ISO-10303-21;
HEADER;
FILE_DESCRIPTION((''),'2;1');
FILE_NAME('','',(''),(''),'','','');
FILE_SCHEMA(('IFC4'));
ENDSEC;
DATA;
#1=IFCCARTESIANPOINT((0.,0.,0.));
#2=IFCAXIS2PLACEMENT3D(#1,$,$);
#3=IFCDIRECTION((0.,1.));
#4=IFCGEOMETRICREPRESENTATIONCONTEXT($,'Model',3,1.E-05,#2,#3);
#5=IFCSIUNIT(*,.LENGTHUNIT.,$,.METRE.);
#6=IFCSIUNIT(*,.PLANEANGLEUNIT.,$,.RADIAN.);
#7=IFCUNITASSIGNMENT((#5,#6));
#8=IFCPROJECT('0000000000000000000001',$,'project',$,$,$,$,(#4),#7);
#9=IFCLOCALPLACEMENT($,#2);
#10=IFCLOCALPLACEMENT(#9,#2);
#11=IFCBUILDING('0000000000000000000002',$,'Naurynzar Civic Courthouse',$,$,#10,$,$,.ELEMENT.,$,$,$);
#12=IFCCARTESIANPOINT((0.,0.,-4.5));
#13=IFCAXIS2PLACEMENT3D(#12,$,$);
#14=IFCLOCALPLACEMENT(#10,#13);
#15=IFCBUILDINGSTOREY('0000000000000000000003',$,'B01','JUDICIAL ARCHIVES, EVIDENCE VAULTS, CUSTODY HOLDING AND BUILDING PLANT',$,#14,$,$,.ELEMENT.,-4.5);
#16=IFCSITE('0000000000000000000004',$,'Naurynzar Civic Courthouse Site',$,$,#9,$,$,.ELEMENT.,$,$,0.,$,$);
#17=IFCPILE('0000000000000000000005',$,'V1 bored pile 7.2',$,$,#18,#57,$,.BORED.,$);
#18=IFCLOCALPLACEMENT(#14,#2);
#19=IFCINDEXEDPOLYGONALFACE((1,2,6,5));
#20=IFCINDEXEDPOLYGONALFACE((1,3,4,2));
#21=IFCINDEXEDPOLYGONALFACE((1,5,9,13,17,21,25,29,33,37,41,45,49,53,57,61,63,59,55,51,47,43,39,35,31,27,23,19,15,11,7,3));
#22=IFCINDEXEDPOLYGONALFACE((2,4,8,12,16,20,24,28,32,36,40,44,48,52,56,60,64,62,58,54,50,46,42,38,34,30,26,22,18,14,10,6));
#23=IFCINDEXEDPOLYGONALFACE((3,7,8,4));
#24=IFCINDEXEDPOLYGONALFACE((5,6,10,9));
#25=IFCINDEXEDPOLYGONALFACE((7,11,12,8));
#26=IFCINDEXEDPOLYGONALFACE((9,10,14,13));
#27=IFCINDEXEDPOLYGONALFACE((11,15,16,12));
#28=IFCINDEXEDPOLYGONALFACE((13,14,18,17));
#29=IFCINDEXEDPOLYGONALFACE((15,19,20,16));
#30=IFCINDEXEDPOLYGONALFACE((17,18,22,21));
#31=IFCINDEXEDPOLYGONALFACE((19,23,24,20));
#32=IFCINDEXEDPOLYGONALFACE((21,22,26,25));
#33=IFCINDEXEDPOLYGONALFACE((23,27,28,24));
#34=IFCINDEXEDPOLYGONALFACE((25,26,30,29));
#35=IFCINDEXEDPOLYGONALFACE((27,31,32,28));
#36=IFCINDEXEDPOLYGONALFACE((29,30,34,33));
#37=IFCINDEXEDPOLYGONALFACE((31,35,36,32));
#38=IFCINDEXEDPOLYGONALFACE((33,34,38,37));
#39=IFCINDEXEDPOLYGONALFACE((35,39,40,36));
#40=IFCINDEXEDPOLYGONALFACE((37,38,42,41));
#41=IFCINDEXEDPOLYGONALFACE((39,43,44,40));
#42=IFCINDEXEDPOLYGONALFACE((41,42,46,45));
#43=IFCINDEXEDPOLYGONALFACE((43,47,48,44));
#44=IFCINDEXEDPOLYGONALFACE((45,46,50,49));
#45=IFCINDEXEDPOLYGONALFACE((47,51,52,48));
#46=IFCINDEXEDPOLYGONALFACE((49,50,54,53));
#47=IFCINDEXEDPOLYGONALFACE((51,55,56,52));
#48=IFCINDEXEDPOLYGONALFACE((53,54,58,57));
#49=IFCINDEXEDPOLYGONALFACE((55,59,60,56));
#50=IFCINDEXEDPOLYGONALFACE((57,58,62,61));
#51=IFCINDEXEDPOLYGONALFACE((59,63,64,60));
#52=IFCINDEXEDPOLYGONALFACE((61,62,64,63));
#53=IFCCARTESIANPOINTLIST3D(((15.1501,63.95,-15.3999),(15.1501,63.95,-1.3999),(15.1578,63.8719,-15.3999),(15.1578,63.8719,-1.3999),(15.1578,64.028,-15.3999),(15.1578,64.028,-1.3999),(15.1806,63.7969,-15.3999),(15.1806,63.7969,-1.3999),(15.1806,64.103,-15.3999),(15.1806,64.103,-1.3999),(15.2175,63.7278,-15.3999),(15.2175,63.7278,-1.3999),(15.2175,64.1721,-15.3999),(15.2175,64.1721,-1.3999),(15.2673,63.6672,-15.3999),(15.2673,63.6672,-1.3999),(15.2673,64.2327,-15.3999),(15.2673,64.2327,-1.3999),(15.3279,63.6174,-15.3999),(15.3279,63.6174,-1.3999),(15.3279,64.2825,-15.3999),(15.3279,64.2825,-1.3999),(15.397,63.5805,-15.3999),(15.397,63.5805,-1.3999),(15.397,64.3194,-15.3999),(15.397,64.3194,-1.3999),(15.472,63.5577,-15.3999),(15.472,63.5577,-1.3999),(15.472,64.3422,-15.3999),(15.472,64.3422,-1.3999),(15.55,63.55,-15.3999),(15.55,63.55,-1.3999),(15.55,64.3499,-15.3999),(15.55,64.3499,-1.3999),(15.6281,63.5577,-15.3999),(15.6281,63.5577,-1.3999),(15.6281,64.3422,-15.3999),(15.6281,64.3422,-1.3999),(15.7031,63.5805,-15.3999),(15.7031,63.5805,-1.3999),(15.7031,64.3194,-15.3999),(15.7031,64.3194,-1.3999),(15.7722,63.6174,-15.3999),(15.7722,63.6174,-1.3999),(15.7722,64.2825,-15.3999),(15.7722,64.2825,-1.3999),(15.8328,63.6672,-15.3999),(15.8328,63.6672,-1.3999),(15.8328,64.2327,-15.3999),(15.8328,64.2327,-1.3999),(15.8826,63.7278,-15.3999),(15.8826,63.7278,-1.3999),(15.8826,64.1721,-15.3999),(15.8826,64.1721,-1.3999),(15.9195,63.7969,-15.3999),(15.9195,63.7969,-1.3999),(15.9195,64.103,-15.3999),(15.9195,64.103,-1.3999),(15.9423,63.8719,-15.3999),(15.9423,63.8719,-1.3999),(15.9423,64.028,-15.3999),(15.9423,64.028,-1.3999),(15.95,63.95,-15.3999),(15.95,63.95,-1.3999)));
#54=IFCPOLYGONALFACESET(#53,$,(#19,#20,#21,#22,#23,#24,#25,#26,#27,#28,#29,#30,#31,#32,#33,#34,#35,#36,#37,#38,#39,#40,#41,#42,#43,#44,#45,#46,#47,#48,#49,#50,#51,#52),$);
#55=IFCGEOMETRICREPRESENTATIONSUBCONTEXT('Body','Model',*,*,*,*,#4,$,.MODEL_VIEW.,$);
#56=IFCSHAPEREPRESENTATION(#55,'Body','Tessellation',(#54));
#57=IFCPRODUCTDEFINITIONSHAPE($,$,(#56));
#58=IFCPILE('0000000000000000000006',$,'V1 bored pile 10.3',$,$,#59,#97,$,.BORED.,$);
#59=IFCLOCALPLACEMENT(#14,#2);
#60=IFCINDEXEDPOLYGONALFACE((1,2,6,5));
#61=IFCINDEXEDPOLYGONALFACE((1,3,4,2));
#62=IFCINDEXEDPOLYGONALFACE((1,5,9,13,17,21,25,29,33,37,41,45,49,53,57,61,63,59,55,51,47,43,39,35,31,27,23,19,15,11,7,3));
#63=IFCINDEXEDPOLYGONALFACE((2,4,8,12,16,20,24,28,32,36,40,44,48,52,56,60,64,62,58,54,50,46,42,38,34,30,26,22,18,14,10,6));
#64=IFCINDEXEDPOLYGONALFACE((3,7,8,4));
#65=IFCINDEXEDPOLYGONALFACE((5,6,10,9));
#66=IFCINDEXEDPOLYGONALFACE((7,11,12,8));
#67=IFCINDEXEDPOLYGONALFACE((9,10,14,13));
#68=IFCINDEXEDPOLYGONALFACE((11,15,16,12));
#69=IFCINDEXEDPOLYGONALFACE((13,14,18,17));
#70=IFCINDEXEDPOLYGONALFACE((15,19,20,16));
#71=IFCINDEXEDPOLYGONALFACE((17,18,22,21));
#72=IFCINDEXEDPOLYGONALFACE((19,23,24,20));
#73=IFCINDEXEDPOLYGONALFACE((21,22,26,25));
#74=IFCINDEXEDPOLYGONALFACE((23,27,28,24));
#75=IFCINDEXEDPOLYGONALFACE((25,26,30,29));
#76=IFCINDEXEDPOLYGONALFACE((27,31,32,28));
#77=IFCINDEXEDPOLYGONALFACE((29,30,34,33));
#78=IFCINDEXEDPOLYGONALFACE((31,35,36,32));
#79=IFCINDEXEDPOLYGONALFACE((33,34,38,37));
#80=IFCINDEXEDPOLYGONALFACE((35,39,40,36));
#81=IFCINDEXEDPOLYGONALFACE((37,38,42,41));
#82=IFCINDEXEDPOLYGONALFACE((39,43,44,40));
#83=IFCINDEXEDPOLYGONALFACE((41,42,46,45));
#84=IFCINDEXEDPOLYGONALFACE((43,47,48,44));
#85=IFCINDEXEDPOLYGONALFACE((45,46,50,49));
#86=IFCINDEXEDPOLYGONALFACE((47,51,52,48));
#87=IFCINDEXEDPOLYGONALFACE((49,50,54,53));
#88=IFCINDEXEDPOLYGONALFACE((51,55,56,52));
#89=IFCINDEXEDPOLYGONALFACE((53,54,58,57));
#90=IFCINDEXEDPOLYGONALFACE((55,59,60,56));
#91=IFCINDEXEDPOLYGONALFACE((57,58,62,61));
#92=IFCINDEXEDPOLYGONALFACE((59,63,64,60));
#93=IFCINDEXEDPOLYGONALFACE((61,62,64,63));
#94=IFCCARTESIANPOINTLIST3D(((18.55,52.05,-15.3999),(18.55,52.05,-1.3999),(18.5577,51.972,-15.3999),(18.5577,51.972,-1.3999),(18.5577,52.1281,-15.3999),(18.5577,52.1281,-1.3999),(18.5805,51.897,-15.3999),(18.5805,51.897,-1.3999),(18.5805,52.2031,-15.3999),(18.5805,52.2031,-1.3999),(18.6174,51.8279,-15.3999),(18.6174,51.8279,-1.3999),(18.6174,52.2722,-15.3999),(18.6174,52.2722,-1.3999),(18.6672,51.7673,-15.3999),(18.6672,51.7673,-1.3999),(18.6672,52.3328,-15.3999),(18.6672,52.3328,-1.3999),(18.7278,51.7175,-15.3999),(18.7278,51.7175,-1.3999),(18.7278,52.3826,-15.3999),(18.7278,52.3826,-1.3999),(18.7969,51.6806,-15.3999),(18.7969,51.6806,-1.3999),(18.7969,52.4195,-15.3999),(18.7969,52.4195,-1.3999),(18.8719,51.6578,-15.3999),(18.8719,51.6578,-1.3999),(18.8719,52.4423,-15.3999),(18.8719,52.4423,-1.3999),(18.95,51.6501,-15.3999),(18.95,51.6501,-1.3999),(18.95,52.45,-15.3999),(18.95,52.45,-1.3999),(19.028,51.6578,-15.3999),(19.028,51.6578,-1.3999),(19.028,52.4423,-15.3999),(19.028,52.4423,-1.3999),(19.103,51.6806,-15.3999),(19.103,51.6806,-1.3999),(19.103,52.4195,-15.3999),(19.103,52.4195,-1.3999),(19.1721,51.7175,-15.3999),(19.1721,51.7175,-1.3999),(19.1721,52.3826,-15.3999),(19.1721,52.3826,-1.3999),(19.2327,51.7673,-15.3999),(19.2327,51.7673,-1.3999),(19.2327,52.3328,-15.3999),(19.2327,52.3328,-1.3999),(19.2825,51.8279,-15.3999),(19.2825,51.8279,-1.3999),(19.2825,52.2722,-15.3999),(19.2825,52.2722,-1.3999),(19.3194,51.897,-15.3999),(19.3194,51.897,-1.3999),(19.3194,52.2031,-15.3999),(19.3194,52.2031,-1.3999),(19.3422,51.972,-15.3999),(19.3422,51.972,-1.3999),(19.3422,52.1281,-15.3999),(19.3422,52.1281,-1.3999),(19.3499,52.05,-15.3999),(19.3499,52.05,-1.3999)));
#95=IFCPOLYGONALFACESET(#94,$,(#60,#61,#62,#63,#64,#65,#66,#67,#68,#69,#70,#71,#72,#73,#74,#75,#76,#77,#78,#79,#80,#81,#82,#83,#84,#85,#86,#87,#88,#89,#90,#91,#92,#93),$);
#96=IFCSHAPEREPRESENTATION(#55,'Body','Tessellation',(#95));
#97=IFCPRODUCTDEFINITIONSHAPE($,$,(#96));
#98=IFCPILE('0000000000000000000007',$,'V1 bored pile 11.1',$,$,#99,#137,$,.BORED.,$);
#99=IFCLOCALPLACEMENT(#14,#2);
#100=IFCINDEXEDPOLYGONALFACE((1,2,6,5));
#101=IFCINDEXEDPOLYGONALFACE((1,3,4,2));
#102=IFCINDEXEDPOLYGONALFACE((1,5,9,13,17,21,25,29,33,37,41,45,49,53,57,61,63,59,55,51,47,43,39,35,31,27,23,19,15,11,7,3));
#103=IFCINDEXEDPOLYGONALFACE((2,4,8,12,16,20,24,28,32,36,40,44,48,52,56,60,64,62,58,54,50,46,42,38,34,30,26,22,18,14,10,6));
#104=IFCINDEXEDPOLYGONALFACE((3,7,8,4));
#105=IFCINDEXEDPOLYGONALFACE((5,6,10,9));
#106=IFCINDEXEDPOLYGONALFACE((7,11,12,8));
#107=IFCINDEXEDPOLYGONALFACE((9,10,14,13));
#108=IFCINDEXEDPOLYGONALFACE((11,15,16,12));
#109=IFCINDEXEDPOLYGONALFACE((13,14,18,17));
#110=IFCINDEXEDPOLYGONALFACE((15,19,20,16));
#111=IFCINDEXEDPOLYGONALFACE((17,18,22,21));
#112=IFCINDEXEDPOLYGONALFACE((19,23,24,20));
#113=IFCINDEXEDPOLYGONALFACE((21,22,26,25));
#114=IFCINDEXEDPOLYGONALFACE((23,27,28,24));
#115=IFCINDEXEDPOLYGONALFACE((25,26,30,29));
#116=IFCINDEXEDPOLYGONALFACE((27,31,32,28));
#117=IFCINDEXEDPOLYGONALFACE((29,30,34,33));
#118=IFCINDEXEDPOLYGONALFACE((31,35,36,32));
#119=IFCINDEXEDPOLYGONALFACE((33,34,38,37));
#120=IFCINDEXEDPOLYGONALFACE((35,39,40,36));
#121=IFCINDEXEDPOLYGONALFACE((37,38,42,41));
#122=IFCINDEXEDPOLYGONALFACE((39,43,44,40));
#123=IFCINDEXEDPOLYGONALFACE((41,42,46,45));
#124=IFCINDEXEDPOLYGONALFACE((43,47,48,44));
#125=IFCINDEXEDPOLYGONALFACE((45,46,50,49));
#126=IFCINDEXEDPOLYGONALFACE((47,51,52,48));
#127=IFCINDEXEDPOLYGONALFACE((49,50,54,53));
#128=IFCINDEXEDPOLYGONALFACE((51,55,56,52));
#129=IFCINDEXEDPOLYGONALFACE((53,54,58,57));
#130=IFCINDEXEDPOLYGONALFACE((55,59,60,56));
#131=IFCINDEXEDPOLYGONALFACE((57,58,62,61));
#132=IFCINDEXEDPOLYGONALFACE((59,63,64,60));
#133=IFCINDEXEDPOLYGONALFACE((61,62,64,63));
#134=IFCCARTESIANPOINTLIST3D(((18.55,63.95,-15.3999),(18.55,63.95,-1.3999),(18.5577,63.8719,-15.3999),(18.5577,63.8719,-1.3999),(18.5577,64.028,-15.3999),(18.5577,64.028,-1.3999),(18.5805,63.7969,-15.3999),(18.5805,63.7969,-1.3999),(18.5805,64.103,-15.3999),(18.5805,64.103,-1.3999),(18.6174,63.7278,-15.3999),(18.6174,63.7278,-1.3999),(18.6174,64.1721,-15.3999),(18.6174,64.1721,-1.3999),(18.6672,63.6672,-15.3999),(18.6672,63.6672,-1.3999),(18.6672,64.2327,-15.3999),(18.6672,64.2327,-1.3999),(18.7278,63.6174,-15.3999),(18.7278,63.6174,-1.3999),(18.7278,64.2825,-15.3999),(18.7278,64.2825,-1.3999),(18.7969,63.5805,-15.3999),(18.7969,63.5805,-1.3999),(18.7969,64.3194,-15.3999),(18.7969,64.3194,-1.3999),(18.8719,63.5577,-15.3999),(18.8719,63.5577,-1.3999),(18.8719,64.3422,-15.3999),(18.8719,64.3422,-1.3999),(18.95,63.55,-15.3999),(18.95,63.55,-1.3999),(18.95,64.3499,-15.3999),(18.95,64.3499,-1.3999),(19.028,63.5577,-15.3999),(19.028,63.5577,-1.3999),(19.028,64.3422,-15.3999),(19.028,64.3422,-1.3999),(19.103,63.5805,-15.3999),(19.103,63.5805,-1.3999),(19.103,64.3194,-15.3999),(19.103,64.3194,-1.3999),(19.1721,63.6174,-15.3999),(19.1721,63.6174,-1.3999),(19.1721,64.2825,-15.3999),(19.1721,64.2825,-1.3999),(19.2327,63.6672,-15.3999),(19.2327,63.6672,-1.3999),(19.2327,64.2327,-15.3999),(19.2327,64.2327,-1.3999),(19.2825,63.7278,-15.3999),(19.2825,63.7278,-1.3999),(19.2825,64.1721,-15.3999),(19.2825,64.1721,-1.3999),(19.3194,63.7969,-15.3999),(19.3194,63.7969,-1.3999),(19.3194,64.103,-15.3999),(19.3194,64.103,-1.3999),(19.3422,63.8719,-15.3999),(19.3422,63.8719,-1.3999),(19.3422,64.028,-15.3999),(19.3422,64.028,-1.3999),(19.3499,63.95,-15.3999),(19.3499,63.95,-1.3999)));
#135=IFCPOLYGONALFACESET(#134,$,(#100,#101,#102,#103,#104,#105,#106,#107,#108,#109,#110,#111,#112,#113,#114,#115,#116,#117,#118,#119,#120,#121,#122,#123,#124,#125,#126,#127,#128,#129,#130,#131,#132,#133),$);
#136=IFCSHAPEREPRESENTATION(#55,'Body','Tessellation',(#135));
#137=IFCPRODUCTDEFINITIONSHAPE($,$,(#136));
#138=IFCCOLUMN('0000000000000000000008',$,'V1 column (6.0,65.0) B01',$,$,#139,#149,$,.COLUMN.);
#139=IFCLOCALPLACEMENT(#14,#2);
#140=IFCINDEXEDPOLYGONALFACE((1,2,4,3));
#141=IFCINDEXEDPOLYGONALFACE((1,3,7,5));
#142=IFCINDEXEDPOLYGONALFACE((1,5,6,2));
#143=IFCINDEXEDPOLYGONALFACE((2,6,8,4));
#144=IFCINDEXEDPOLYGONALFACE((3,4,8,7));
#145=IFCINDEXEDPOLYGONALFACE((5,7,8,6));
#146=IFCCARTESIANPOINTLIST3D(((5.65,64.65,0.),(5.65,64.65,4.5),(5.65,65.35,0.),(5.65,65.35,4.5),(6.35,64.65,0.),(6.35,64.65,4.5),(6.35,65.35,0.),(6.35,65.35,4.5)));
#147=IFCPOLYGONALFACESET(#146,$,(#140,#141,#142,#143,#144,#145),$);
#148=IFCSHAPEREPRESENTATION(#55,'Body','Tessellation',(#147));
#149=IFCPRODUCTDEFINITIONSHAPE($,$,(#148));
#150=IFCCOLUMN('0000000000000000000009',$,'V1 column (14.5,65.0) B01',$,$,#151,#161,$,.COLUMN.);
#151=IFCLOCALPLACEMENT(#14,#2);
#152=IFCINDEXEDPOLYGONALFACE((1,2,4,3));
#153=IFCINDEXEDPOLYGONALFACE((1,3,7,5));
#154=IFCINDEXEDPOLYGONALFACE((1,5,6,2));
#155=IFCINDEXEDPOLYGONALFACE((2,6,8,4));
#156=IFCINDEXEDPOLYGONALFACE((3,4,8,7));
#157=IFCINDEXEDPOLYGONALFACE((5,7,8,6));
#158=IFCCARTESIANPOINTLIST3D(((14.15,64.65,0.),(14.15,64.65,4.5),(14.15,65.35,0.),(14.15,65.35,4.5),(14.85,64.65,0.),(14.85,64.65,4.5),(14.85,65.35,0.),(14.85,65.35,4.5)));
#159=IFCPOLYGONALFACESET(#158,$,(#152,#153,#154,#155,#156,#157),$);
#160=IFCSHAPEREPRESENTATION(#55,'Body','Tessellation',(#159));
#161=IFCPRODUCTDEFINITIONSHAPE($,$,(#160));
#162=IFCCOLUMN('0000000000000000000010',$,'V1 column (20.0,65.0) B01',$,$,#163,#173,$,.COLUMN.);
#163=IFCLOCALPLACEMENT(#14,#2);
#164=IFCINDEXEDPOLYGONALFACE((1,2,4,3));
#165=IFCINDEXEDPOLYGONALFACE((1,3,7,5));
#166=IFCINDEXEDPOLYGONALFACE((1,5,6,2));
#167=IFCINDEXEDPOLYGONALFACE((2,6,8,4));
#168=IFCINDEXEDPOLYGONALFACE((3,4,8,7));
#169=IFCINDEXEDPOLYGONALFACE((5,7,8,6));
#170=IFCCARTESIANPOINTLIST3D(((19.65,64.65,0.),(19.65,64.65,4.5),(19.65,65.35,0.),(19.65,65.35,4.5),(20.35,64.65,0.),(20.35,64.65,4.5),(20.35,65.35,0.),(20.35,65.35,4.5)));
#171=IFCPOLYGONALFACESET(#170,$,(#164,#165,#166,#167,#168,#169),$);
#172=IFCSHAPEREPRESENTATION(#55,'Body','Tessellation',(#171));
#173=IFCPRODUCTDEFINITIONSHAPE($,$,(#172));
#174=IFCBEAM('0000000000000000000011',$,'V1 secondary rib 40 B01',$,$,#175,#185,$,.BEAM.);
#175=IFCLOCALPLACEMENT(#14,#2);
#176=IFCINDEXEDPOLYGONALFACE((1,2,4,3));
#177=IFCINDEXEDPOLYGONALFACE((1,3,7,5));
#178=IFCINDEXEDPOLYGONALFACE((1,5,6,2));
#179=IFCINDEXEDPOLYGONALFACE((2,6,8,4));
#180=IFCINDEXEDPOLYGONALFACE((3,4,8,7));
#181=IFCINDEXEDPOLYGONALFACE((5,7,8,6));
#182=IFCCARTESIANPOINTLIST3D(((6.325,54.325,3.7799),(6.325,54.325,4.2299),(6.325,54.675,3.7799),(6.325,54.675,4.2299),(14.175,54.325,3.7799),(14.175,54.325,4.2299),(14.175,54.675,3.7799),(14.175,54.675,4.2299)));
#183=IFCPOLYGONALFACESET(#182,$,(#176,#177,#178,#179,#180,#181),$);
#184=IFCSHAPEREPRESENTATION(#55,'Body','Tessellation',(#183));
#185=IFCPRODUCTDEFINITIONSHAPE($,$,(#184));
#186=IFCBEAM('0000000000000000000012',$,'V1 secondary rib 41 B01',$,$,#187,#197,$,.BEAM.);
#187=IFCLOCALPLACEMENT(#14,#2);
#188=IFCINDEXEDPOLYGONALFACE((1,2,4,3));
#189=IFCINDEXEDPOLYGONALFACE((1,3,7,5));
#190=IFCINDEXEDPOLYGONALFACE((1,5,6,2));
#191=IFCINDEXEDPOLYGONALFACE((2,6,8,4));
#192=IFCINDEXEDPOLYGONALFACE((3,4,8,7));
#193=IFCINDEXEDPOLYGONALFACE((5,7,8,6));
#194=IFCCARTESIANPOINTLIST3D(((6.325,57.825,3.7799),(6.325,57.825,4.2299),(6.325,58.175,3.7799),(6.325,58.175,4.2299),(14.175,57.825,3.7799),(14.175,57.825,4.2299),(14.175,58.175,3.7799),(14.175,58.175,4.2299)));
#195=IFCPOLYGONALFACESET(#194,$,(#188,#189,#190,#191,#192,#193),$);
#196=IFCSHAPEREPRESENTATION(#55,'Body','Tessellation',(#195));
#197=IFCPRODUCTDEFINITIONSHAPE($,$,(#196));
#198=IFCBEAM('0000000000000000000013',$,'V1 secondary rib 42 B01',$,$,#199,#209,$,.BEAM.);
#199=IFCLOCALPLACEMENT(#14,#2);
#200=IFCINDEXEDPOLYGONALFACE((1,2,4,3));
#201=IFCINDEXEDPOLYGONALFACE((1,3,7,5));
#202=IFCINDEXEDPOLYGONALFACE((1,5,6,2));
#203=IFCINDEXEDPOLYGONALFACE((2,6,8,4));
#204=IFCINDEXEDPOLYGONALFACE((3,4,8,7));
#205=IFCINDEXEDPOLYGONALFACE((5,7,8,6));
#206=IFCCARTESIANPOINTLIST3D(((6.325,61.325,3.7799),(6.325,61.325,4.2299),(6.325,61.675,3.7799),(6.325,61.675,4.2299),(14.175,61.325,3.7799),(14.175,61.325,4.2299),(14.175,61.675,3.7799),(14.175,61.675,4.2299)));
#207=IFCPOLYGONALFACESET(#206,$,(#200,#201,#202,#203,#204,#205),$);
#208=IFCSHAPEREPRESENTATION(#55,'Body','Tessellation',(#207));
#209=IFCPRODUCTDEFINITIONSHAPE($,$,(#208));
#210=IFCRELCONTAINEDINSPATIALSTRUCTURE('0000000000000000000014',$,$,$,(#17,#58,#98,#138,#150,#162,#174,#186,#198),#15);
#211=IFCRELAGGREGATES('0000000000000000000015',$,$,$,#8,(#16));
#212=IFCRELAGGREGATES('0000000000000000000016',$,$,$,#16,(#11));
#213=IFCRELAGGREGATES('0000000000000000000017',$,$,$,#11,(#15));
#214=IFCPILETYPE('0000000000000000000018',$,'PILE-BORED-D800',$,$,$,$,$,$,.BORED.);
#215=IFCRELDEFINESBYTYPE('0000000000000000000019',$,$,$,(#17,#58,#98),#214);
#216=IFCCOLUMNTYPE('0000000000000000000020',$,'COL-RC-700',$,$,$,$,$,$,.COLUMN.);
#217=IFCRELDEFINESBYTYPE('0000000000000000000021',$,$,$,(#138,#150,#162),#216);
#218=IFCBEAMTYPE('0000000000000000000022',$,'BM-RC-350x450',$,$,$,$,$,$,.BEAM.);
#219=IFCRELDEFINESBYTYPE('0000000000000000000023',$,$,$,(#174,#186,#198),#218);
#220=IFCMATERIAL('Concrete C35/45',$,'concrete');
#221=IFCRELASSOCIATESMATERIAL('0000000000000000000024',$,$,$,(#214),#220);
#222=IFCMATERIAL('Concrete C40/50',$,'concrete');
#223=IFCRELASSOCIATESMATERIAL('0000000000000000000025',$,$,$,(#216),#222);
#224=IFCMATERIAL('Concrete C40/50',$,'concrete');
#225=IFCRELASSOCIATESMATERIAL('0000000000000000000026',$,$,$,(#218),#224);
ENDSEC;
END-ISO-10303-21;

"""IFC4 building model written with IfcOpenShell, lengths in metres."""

from ifc_helpers import new_model, si_unit, direction, frame, origin, origin_2d, place, context, subcontext, project, spatial, rectangle, circle, extrude, material, material_profile, profile_set, type_object, element, save


model = new_model("IFC4")

# Units and contexts
model_context = context("Model", 3, precision=1e-05, world=origin(), true_north=direction((0.0, 1.0)))
body_context = subcontext(model_context, "Body", "Model", "MODEL_VIEW")
ifc_project = project(units=[si_unit("LENGTHUNIT", "METRE"), si_unit("PLANEANGLEUNIT", "RADIAN")], contexts=[model_context])

# Site, building, storey
site_placement = place(None, origin())
site = spatial("IfcSite", under=ifc_project, at=site_placement, Name="Naurynzar Civic Courthouse Site", CompositionType="ELEMENT", RefElevation=0.0)
building_placement = place(site_placement, origin())
building = spatial("IfcBuilding", under=site, at=building_placement, Name="Naurynzar Civic Courthouse", CompositionType="ELEMENT")
storey_placement = place(building_placement, frame((0.0, 0.0, -4.5)))
storey = spatial("IfcBuildingStorey", under=building, at=storey_placement, Name="B01", Description="JUDICIAL ARCHIVES, EVIDENCE VAULTS, CUSTODY HOLDING AND BUILDING PLANT", CompositionType="ELEMENT", Elevation=-4.5)

# Piles
ifc_material_1 = material(Name="Concrete C35/45", Category="concrete")
ifc_material_profile_1 = material_profile(ifc_material_1, circle(Radius=0.3999, at=origin_2d()), Name="PILE D800")
ifc_profile_set_1 = profile_set([ifc_material_profile_1], Name="Concrete C35/45")
pile_type = type_object("IfcPileType", Name="PILE-BORED-D800", PredefinedType="BORED", material=ifc_profile_set_1)
for number, where, z_axis, x_axis, name in (
    (1, (15.55, 63.95, -1.3999), (0.0, 0.0, -1.0), (1.0, 0.0, 0.0), "V1 bored pile 7.2"),
    (2, (18.95, 52.05, -1.3999), (0.0, 0.0, -1.0), (1.0, 0.0, 0.0), "V1 bored pile 10.3"),
    (3, (18.95, 63.95, -1.3999), (0.0, 0.0, -1.0), (1.0, 0.0, 0.0), "V1 bored pile 11.1"),
):
    element("IfcPile", number, at=place(storey_placement, frame(where, z_axis=z_axis, x_axis=x_axis)), inside=storey, type_object=pile_type, Name=name, PredefinedType="BORED", context=body_context, shape_type="SweptSolid", body=[
        extrude(circle(Radius=0.3999, at=origin_2d()), origin(), (0.0, 0.0, 1.0), 14.0),
    ])

# Columns
ifc_material_2 = material(Name="Concrete C40/50", Category="concrete")
ifc_material_profile_2 = material_profile(ifc_material_2, rectangle(XDim=0.7, YDim=0.7, at=origin_2d()), Name="RC 700x700")
ifc_profile_set_2 = profile_set([ifc_material_profile_2], Name="Concrete C40/50")
column_type = type_object("IfcColumnType", Name="COL-RC-700", PredefinedType="COLUMN", material=ifc_profile_set_2)
for number, where, z_axis, x_axis, name in (
    (4, (6.0, 65.0, 0.0), (0.0, 0.0, 1.0), (1.0, 0.0, 0.0), "V1 column (6.0,65.0) B01"),
    (5, (14.5, 65.0, 0.0), (0.0, 0.0, 1.0), (1.0, 0.0, 0.0), "V1 column (14.5,65.0) B01"),
    (6, (20.0, 65.0, 0.0), (0.0, 0.0, 1.0), (1.0, 0.0, 0.0), "V1 column (20.0,65.0) B01"),
):
    element("IfcColumn", number, at=place(storey_placement, frame(where, z_axis=z_axis, x_axis=x_axis)), inside=storey, type_object=column_type, Name=name, PredefinedType="COLUMN", context=body_context, shape_type="SweptSolid", body=[
        extrude(rectangle(XDim=0.7, YDim=0.7, at=origin_2d()), origin(), (0.0, 0.0, 1.0), 4.5),
    ])

# Beams
ifc_material_3 = material(Name="Concrete C40/50", Category="concrete")
ifc_material_profile_3 = material_profile(ifc_material_3, rectangle(XDim=0.3501, YDim=0.45, at=origin_2d()), Name="RCB 350x450")
ifc_profile_set_3 = profile_set([ifc_material_profile_3], Name="Concrete C40/50")
beam_type_1 = type_object("IfcBeamType", Name="BM-RC-350x450", PredefinedType="BEAM", material=ifc_profile_set_3)
for number, where, z_axis, x_axis, name in (
    (7, (6.325, 54.5, 4.0049), (1.0, 0.0, 0.0), (0.0, 1.0, 0.0), "V1 secondary rib 40 B01"),
    (8, (6.325, 58.0, 4.0049), (1.0, 0.0, 0.0), (0.0, 1.0, 0.0), "V1 secondary rib 41 B01"),
    (9, (6.325, 61.5, 4.0049), (1.0, 0.0, 0.0), (0.0, 1.0, 0.0), "V1 secondary rib 42 B01"),
):
    element("IfcBeam", number, at=place(storey_placement, frame(where, z_axis=z_axis, x_axis=x_axis)), inside=storey, type_object=beam_type_1, Name=name, PredefinedType="BEAM", context=body_context, shape_type="SweptSolid", body=[
        extrude(rectangle(XDim=0.3501, YDim=0.45, at=origin_2d()), origin(), (0.0, 0.0, 1.0), 7.8501),
    ])

save(model, "model.ifc")
